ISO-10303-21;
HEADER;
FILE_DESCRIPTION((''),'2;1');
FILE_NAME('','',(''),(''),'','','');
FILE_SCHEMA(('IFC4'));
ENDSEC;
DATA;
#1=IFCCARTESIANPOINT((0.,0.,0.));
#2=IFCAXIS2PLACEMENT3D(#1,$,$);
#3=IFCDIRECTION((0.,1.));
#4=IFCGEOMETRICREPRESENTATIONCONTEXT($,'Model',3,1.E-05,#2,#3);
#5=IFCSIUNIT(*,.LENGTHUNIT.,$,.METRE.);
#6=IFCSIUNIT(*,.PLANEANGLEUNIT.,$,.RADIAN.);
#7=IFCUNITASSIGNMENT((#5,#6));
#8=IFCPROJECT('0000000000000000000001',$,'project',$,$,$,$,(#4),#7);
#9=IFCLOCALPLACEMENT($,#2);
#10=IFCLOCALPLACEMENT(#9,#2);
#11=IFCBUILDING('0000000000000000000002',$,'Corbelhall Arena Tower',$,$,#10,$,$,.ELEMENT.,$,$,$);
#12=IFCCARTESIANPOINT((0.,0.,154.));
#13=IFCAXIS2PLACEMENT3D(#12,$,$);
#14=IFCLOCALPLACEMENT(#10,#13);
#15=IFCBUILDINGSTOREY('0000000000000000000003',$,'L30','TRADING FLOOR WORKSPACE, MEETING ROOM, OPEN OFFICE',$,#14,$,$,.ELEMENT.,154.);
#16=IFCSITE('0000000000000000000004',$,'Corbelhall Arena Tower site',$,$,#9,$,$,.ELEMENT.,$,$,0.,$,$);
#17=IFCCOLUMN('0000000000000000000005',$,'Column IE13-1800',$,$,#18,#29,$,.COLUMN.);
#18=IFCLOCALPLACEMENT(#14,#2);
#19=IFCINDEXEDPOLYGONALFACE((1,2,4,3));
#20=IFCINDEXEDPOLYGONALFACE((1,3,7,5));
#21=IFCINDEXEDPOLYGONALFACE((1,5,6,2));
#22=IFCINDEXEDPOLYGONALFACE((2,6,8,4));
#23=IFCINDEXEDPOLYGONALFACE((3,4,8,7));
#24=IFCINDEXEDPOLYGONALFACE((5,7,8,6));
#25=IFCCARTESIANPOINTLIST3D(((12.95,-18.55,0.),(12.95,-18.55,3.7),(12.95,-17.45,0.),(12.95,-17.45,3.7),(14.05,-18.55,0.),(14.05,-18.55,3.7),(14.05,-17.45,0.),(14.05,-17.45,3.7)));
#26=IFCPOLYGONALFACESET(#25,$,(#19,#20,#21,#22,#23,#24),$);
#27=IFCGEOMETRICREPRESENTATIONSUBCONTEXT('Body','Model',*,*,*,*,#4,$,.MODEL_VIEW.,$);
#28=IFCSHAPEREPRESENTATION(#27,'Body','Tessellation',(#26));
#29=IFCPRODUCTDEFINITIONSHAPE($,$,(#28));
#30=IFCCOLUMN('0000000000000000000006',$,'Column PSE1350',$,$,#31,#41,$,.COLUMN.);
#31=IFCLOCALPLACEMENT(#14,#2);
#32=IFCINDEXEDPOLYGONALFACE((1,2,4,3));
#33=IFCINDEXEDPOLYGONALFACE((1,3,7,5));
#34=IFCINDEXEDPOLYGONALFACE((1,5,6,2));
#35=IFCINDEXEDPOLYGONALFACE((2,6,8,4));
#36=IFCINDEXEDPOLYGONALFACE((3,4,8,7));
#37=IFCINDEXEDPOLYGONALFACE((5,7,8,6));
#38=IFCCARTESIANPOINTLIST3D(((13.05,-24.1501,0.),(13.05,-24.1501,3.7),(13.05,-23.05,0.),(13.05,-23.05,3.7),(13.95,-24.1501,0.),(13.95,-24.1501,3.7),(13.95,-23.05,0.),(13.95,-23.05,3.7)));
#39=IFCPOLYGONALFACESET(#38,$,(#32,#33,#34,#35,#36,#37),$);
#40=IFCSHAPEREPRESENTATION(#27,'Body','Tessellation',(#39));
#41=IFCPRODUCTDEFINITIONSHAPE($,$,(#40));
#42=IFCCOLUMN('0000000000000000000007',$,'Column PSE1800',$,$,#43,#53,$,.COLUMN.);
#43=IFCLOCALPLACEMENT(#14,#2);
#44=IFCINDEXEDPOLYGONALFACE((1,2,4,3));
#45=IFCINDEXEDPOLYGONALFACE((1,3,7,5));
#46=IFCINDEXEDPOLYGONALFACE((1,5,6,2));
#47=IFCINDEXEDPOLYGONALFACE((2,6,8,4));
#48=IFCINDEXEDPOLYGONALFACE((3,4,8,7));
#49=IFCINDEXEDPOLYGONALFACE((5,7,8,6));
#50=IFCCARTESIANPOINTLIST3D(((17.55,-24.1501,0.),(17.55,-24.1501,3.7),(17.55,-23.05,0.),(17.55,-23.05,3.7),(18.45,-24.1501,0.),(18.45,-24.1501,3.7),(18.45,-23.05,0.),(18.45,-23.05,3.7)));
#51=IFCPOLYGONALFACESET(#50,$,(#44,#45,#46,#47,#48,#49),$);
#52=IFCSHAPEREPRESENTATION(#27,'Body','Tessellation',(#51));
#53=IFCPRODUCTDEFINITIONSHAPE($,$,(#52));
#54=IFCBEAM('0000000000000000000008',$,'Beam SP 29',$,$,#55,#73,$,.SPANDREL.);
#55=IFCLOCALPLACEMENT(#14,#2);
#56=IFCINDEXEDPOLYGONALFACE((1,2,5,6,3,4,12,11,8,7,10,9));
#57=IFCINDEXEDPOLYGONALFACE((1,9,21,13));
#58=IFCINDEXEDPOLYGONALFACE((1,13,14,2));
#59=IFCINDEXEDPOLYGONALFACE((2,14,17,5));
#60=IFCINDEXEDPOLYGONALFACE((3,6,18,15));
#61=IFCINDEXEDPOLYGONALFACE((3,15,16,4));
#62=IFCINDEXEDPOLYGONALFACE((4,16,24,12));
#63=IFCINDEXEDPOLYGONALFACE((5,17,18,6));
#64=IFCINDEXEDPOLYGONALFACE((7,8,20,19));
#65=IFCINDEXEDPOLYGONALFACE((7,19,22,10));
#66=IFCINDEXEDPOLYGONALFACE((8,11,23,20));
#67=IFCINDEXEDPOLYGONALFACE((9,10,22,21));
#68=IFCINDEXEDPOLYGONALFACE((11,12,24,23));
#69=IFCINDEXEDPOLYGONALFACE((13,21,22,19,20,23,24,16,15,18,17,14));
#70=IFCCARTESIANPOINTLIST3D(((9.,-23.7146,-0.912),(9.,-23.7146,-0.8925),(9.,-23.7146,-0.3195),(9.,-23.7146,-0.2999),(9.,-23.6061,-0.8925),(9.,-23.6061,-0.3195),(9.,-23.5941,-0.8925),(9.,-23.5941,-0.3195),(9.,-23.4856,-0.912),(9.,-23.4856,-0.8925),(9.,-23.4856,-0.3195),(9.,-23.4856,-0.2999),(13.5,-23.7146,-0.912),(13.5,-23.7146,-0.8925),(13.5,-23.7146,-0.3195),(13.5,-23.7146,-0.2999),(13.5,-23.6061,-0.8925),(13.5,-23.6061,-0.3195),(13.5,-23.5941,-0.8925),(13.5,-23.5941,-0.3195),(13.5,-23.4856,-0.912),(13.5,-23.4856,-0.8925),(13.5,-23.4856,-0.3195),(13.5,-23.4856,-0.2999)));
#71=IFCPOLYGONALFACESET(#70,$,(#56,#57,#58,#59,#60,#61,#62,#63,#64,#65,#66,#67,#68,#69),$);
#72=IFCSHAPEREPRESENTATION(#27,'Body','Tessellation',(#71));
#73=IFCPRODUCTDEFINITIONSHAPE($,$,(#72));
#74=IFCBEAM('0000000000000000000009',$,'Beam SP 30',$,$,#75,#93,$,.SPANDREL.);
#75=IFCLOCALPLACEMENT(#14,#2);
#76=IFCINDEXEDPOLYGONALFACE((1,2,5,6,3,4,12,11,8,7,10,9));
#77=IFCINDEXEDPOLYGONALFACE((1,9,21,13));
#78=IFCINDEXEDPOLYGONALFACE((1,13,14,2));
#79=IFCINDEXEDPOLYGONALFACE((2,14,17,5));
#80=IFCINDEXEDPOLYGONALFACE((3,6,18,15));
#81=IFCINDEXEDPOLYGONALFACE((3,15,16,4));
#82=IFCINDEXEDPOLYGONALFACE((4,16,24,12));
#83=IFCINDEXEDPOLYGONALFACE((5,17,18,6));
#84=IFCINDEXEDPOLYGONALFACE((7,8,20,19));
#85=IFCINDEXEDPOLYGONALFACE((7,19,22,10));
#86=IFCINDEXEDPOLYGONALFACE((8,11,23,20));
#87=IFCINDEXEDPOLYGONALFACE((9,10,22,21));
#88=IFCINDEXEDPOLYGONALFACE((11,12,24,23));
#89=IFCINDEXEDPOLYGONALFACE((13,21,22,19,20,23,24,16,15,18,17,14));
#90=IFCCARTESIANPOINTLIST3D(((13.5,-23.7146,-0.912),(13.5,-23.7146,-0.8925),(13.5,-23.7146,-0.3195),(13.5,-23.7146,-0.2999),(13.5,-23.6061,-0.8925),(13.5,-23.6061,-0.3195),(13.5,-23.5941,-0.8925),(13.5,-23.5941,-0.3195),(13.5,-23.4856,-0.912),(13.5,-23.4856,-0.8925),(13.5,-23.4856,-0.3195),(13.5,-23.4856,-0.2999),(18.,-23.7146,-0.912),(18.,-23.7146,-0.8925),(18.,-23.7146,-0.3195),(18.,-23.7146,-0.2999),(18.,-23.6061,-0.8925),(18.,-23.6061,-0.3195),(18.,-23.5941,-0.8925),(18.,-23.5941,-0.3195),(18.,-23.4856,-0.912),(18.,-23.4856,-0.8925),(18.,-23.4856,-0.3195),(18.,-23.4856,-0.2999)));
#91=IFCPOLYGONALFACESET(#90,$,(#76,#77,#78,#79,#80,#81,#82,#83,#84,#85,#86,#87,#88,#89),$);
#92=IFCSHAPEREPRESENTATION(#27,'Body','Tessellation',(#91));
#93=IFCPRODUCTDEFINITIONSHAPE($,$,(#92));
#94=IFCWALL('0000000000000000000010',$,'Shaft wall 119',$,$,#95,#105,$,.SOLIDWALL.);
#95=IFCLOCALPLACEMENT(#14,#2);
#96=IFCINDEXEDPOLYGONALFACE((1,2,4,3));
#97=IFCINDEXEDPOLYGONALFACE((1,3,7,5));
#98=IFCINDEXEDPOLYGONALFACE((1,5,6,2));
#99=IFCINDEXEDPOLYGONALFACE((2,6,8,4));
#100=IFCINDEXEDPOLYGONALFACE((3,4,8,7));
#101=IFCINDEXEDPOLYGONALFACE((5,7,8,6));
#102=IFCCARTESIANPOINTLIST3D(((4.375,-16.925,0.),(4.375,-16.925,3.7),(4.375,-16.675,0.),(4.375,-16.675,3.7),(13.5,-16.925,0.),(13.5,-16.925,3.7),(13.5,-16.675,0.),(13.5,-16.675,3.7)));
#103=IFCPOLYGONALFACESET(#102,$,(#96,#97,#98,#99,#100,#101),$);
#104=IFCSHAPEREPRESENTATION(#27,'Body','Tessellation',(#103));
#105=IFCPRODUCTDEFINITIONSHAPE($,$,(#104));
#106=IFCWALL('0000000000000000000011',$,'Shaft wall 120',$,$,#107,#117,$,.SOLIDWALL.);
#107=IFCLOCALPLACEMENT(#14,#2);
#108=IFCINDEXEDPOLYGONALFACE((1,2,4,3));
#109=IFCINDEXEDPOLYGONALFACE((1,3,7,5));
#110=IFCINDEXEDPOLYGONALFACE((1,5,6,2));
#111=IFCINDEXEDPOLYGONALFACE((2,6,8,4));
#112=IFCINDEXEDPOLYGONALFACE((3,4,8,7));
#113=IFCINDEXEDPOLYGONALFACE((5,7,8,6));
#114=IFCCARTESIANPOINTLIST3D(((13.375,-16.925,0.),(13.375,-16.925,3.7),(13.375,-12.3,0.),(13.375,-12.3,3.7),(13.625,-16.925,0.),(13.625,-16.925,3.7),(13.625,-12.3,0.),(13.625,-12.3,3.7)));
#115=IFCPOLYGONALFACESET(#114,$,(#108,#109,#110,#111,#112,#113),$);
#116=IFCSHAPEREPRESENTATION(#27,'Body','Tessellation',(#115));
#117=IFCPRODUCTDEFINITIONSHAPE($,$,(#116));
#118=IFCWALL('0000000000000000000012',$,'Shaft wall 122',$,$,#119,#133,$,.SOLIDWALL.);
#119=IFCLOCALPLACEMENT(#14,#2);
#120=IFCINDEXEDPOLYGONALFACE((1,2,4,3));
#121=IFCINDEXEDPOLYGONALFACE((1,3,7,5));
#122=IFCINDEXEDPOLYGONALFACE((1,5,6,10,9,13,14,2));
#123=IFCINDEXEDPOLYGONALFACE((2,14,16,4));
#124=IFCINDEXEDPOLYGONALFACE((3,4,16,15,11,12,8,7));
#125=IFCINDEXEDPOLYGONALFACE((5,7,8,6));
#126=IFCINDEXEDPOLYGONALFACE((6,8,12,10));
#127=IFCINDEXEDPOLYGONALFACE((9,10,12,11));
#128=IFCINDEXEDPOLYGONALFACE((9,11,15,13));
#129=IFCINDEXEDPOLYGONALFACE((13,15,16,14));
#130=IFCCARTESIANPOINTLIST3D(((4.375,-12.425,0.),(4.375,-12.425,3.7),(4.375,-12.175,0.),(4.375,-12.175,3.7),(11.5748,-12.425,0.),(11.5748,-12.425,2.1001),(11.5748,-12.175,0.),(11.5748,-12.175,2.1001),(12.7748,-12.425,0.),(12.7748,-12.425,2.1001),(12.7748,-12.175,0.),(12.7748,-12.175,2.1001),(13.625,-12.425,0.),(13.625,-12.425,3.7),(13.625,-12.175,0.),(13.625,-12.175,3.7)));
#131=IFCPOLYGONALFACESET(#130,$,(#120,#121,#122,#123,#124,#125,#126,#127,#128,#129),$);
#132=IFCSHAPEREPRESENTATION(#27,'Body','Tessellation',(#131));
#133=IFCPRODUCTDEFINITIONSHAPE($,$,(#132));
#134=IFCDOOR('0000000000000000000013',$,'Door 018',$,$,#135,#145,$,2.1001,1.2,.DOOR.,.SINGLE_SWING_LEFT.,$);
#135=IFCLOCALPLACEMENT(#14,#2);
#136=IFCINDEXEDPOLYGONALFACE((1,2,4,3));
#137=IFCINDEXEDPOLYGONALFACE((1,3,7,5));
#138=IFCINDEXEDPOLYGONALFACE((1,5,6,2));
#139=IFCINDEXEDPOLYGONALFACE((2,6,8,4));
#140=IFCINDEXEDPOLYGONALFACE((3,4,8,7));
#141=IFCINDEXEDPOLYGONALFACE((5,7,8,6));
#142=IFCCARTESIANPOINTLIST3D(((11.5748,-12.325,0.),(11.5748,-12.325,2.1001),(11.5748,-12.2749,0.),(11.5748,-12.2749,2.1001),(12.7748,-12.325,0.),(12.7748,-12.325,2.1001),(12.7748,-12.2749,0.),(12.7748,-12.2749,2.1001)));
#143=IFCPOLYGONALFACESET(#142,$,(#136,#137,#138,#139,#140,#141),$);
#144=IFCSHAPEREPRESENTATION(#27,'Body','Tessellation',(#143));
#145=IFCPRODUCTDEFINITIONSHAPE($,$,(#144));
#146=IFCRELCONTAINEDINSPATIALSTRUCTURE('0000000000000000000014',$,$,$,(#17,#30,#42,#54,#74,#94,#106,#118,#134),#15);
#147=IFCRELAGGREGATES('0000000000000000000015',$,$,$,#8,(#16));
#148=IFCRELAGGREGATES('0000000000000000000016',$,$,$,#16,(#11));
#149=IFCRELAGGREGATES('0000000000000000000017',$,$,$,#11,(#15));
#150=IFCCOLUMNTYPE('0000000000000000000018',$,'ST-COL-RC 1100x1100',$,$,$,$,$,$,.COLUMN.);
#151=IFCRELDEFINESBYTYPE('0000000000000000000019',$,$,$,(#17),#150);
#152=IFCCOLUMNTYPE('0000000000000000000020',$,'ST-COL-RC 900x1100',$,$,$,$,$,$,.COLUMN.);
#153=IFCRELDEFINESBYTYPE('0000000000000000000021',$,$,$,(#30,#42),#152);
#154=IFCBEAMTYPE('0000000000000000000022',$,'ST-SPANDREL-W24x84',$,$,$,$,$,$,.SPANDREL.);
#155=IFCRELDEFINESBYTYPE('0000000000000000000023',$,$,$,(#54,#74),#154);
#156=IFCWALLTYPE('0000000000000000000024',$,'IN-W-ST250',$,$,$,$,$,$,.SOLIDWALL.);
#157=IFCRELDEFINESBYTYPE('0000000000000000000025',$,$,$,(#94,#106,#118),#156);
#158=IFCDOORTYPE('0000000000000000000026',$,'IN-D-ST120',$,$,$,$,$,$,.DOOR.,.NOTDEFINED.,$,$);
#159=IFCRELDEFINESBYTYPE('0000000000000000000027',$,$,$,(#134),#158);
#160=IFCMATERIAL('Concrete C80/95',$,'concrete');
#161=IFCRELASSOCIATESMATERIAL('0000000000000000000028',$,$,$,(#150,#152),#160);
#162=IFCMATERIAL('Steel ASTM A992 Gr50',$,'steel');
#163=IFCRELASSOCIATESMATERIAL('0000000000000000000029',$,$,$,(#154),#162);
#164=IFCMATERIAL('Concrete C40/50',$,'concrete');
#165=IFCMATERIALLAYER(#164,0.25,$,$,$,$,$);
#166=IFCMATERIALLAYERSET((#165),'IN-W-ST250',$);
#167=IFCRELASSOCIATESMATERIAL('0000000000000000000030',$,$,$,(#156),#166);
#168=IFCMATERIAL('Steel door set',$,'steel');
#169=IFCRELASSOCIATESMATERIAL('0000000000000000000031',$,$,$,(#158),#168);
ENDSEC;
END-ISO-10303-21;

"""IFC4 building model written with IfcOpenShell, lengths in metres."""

from ifc_helpers import new_model, si_unit, direction, frame, frame_2d, origin, origin_2d, place, context, subcontext, project, spatial, rectangle, i_section, extrude, material, layer, layer_set, material_profile, profile_set, type_object, element, fill, save


model = new_model("IFC4")

# Units and contexts
model_context = context("Model", 3, precision=1e-05, world=origin(), true_north=direction((0.0, 1.0)))
body_context = subcontext(model_context, "Body", "Model", "MODEL_VIEW")
ifc_project = project(units=[si_unit("LENGTHUNIT", "METRE"), si_unit("PLANEANGLEUNIT", "RADIAN")], contexts=[model_context])

# Site, building, storey
site_placement = place(None, origin())
site = spatial("IfcSite", under=ifc_project, at=site_placement, Name="Corbelhall Arena Tower site", CompositionType="ELEMENT", RefElevation=0.0)
building_placement = place(site_placement, origin())
building = spatial("IfcBuilding", under=site, at=building_placement, Name="Corbelhall Arena Tower", CompositionType="ELEMENT")
storey_placement = place(building_placement, frame((0.0, 0.0, 154.0)))
storey = spatial("IfcBuildingStorey", under=building, at=storey_placement, Name="L30", Description="TRADING FLOOR WORKSPACE, MEETING ROOM, OPEN OFFICE", CompositionType="ELEMENT", Elevation=154.0)

# Columns
ifc_material_1 = material(Name="Concrete C80/95", Category="concrete")
ifc_material_profile_1 = material_profile(ifc_material_1, rectangle(XDim=1.1001, YDim=1.1001, at=origin_2d()))
ifc_profile_set_1 = profile_set([ifc_material_profile_1], Name="Concrete C80/95")
column_type_1 = type_object("IfcColumnType", Name="ST-COL-RC 1100x1100", PredefinedType="COLUMN", material=ifc_profile_set_1)
column_placement = place(storey_placement, frame((13.5, -18.0, 0.0), z_axis=(0.0, 0.0, 1.0), x_axis=(1.0, 0.0, 0.0)))
element("IfcColumn", 1, at=column_placement, inside=storey, type_object=column_type_1, Name="Column IE13-1800", PredefinedType="COLUMN", context=body_context, shape_type="SweptSolid", body=[
    extrude(rectangle(XDim=1.1001, YDim=1.1001, at=origin_2d()), origin(), (0.0, 0.0, 1.0), 3.7),
])
ifc_material_profile_2 = material_profile(ifc_material_1, rectangle(XDim=0.8999, YDim=1.1001, at=origin_2d()))
ifc_profile_set_2 = profile_set([ifc_material_profile_2], Name="Concrete C80/95")
column_type_2 = type_object("IfcColumnType", Name="ST-COL-RC 900x1100", PredefinedType="COLUMN", material=ifc_profile_set_2)
for number, where, z_axis, x_axis, name in (
    (2, (13.5, -23.6001, 0.0), (0.0, 0.0, 1.0), (1.0, 0.0, 0.0), "Column PSE1350"),
    (3, (18.0, -23.6001, 0.0), (0.0, 0.0, 1.0), (1.0, 0.0, 0.0), "Column PSE1800"),
):
    element("IfcColumn", number, at=place(storey_placement, frame(where, z_axis=z_axis, x_axis=x_axis)), inside=storey, type_object=column_type_2, Name=name, PredefinedType="COLUMN", context=body_context, shape_type="SweptSolid", body=[
        extrude(rectangle(XDim=0.8999, YDim=1.1001, at=origin_2d()), origin(), (0.0, 0.0, 1.0), 3.7),
    ])

# Beams
ifc_material_2 = material(Name="Steel ASTM A992 Gr50", Category="steel")
ifc_material_profile_3 = material_profile(ifc_material_2, i_section(OverallWidth=0.229, OverallDepth=0.6121, WebThickness=0.012, FlangeThickness=0.0195, at=origin_2d()))
ifc_profile_set_3 = profile_set([ifc_material_profile_3], Name="Steel ASTM A992 Gr50")
beam_type = type_object("IfcBeamType", Name="ST-SPANDREL-W24x84", PredefinedType="SPANDREL", material=ifc_profile_set_3)
for number, where, z_axis, x_axis, name in (
    (4, (13.5, -23.6001, -0.606), (-1.0, 0.0, 0.0), (0.0, -1.0, 0.0), "Beam SP 29"),
    (5, (18.0, -23.6001, -0.606), (-1.0, 0.0, 0.0), (0.0, -1.0, 0.0), "Beam SP 30"),
):
    element("IfcBeam", number, at=place(storey_placement, frame(where, z_axis=z_axis, x_axis=x_axis)), inside=storey, type_object=beam_type, Name=name, PredefinedType="SPANDREL", context=body_context, shape_type="SweptSolid", body=[
        extrude(i_section(OverallWidth=0.229, OverallDepth=0.6121, WebThickness=0.012, FlangeThickness=0.0195, at=origin_2d()), origin(), (0.0, 0.0, 1.0), 4.5),
    ])

# Shared definitions
ifc_material_3 = material(Name="Steel door set", Category="steel")

# Walls
ifc_material_4 = material(Name="Concrete C40/50", Category="concrete")
ifc_layer_1 = layer(ifc_material_4, 0.25)
ifc_layer_set_1 = layer_set([ifc_layer_1], Name="IN-W-ST250")
wall_type_1 = type_object("IfcWallType", Name="IN-W-ST250", PredefinedType="SOLIDWALL", material=ifc_layer_set_1)
wall_1_placement = place(storey_placement, frame((13.5, -16.8, 0.0), z_axis=(0.0, 0.0, 1.0), x_axis=(-1.0, 0.0, 0.0)))
element("IfcWall", 6, at=wall_1_placement, inside=storey, type_object=wall_type_1, Name="Shaft wall 119", PredefinedType="SOLIDWALL", context=body_context, shape_type="SweptSolid", body=[
    extrude(rectangle(XDim=9.125, YDim=0.25, at=frame_2d((4.5625, 0.0))), origin(), (0.0, 0.0, 1.0), 3.7),
])
wall_2_placement = place(storey_placement, frame((13.5, -12.3, 0.0), z_axis=(0.0, 0.0, 1.0), x_axis=(0.0, -1.0, 0.0)))
element("IfcWall", 7, at=wall_2_placement, inside=storey, type_object=wall_type_1, Name="Shaft wall 120", PredefinedType="SOLIDWALL", context=body_context, shape_type="SweptSolid", body=[
    extrude(rectangle(XDim=4.625, YDim=0.25, at=frame_2d((2.3125, 0.0))), origin(), (0.0, 0.0, 1.0), 3.7),
])

# Wall, opening, door
wall_3_placement = place(storey_placement, frame((13.625, -12.3, 0.0), z_axis=(0.0, 0.0, 1.0), x_axis=(-1.0, 0.0, 0.0)))
wall_3 = element("IfcWall", 8, at=wall_3_placement, inside=storey, type_object=wall_type_1, Name="Shaft wall 122", PredefinedType="SOLIDWALL", context=body_context, shape_type="SweptSolid", body=[
    extrude(rectangle(XDim=9.25, YDim=0.25, at=frame_2d((4.625, 0.0))), origin(), (0.0, 0.0, 1.0), 3.7),
])
opening_1_placement = place(wall_3_placement, frame((0.8501, 0.0, 0.0)))
opening_1 = element("IfcOpeningElement", 9, at=opening_1_placement, cuts=wall_3, PredefinedType="OPENING", context=body_context, shape_type="SweptSolid", body=[
    extrude(rectangle(XDim=1.2, YDim=2.1001, at=frame_2d((0.6001, 1.05))), frame((0.0, 0.125, 0.0), z_axis=(0.0, -1.0, 0.0), x_axis=(1.0, 0.0, 0.0)), (0.0, 0.0, 1.0), 0.25),
])
door_type_1 = type_object("IfcDoorType", Name="IN-D-ST120", OperationType="NOTDEFINED", PredefinedType="DOOR", material=ifc_material_3)
door_1_placement = place(opening_1_placement, origin())
door_1 = element("IfcDoor", 10, at=door_1_placement, inside=storey, type_object=door_type_1, Name="Door 018", OperationType="SINGLE_SWING_LEFT", OverallHeight=2.1001, OverallWidth=1.2, PredefinedType="DOOR", context=body_context, shape_type="SweptSolid", body=[
    extrude(rectangle(XDim=1.2, YDim=2.1001, at=frame_2d((0.6001, 1.05))), frame((0.0, 0.0249, 0.0), z_axis=(0.0, -1.0, 0.0), x_axis=(1.0, 0.0, 0.0)), (0.0, 0.0, 1.0), 0.05),
])
fill(opening_1, door_1)

save(model, "model.ifc")
